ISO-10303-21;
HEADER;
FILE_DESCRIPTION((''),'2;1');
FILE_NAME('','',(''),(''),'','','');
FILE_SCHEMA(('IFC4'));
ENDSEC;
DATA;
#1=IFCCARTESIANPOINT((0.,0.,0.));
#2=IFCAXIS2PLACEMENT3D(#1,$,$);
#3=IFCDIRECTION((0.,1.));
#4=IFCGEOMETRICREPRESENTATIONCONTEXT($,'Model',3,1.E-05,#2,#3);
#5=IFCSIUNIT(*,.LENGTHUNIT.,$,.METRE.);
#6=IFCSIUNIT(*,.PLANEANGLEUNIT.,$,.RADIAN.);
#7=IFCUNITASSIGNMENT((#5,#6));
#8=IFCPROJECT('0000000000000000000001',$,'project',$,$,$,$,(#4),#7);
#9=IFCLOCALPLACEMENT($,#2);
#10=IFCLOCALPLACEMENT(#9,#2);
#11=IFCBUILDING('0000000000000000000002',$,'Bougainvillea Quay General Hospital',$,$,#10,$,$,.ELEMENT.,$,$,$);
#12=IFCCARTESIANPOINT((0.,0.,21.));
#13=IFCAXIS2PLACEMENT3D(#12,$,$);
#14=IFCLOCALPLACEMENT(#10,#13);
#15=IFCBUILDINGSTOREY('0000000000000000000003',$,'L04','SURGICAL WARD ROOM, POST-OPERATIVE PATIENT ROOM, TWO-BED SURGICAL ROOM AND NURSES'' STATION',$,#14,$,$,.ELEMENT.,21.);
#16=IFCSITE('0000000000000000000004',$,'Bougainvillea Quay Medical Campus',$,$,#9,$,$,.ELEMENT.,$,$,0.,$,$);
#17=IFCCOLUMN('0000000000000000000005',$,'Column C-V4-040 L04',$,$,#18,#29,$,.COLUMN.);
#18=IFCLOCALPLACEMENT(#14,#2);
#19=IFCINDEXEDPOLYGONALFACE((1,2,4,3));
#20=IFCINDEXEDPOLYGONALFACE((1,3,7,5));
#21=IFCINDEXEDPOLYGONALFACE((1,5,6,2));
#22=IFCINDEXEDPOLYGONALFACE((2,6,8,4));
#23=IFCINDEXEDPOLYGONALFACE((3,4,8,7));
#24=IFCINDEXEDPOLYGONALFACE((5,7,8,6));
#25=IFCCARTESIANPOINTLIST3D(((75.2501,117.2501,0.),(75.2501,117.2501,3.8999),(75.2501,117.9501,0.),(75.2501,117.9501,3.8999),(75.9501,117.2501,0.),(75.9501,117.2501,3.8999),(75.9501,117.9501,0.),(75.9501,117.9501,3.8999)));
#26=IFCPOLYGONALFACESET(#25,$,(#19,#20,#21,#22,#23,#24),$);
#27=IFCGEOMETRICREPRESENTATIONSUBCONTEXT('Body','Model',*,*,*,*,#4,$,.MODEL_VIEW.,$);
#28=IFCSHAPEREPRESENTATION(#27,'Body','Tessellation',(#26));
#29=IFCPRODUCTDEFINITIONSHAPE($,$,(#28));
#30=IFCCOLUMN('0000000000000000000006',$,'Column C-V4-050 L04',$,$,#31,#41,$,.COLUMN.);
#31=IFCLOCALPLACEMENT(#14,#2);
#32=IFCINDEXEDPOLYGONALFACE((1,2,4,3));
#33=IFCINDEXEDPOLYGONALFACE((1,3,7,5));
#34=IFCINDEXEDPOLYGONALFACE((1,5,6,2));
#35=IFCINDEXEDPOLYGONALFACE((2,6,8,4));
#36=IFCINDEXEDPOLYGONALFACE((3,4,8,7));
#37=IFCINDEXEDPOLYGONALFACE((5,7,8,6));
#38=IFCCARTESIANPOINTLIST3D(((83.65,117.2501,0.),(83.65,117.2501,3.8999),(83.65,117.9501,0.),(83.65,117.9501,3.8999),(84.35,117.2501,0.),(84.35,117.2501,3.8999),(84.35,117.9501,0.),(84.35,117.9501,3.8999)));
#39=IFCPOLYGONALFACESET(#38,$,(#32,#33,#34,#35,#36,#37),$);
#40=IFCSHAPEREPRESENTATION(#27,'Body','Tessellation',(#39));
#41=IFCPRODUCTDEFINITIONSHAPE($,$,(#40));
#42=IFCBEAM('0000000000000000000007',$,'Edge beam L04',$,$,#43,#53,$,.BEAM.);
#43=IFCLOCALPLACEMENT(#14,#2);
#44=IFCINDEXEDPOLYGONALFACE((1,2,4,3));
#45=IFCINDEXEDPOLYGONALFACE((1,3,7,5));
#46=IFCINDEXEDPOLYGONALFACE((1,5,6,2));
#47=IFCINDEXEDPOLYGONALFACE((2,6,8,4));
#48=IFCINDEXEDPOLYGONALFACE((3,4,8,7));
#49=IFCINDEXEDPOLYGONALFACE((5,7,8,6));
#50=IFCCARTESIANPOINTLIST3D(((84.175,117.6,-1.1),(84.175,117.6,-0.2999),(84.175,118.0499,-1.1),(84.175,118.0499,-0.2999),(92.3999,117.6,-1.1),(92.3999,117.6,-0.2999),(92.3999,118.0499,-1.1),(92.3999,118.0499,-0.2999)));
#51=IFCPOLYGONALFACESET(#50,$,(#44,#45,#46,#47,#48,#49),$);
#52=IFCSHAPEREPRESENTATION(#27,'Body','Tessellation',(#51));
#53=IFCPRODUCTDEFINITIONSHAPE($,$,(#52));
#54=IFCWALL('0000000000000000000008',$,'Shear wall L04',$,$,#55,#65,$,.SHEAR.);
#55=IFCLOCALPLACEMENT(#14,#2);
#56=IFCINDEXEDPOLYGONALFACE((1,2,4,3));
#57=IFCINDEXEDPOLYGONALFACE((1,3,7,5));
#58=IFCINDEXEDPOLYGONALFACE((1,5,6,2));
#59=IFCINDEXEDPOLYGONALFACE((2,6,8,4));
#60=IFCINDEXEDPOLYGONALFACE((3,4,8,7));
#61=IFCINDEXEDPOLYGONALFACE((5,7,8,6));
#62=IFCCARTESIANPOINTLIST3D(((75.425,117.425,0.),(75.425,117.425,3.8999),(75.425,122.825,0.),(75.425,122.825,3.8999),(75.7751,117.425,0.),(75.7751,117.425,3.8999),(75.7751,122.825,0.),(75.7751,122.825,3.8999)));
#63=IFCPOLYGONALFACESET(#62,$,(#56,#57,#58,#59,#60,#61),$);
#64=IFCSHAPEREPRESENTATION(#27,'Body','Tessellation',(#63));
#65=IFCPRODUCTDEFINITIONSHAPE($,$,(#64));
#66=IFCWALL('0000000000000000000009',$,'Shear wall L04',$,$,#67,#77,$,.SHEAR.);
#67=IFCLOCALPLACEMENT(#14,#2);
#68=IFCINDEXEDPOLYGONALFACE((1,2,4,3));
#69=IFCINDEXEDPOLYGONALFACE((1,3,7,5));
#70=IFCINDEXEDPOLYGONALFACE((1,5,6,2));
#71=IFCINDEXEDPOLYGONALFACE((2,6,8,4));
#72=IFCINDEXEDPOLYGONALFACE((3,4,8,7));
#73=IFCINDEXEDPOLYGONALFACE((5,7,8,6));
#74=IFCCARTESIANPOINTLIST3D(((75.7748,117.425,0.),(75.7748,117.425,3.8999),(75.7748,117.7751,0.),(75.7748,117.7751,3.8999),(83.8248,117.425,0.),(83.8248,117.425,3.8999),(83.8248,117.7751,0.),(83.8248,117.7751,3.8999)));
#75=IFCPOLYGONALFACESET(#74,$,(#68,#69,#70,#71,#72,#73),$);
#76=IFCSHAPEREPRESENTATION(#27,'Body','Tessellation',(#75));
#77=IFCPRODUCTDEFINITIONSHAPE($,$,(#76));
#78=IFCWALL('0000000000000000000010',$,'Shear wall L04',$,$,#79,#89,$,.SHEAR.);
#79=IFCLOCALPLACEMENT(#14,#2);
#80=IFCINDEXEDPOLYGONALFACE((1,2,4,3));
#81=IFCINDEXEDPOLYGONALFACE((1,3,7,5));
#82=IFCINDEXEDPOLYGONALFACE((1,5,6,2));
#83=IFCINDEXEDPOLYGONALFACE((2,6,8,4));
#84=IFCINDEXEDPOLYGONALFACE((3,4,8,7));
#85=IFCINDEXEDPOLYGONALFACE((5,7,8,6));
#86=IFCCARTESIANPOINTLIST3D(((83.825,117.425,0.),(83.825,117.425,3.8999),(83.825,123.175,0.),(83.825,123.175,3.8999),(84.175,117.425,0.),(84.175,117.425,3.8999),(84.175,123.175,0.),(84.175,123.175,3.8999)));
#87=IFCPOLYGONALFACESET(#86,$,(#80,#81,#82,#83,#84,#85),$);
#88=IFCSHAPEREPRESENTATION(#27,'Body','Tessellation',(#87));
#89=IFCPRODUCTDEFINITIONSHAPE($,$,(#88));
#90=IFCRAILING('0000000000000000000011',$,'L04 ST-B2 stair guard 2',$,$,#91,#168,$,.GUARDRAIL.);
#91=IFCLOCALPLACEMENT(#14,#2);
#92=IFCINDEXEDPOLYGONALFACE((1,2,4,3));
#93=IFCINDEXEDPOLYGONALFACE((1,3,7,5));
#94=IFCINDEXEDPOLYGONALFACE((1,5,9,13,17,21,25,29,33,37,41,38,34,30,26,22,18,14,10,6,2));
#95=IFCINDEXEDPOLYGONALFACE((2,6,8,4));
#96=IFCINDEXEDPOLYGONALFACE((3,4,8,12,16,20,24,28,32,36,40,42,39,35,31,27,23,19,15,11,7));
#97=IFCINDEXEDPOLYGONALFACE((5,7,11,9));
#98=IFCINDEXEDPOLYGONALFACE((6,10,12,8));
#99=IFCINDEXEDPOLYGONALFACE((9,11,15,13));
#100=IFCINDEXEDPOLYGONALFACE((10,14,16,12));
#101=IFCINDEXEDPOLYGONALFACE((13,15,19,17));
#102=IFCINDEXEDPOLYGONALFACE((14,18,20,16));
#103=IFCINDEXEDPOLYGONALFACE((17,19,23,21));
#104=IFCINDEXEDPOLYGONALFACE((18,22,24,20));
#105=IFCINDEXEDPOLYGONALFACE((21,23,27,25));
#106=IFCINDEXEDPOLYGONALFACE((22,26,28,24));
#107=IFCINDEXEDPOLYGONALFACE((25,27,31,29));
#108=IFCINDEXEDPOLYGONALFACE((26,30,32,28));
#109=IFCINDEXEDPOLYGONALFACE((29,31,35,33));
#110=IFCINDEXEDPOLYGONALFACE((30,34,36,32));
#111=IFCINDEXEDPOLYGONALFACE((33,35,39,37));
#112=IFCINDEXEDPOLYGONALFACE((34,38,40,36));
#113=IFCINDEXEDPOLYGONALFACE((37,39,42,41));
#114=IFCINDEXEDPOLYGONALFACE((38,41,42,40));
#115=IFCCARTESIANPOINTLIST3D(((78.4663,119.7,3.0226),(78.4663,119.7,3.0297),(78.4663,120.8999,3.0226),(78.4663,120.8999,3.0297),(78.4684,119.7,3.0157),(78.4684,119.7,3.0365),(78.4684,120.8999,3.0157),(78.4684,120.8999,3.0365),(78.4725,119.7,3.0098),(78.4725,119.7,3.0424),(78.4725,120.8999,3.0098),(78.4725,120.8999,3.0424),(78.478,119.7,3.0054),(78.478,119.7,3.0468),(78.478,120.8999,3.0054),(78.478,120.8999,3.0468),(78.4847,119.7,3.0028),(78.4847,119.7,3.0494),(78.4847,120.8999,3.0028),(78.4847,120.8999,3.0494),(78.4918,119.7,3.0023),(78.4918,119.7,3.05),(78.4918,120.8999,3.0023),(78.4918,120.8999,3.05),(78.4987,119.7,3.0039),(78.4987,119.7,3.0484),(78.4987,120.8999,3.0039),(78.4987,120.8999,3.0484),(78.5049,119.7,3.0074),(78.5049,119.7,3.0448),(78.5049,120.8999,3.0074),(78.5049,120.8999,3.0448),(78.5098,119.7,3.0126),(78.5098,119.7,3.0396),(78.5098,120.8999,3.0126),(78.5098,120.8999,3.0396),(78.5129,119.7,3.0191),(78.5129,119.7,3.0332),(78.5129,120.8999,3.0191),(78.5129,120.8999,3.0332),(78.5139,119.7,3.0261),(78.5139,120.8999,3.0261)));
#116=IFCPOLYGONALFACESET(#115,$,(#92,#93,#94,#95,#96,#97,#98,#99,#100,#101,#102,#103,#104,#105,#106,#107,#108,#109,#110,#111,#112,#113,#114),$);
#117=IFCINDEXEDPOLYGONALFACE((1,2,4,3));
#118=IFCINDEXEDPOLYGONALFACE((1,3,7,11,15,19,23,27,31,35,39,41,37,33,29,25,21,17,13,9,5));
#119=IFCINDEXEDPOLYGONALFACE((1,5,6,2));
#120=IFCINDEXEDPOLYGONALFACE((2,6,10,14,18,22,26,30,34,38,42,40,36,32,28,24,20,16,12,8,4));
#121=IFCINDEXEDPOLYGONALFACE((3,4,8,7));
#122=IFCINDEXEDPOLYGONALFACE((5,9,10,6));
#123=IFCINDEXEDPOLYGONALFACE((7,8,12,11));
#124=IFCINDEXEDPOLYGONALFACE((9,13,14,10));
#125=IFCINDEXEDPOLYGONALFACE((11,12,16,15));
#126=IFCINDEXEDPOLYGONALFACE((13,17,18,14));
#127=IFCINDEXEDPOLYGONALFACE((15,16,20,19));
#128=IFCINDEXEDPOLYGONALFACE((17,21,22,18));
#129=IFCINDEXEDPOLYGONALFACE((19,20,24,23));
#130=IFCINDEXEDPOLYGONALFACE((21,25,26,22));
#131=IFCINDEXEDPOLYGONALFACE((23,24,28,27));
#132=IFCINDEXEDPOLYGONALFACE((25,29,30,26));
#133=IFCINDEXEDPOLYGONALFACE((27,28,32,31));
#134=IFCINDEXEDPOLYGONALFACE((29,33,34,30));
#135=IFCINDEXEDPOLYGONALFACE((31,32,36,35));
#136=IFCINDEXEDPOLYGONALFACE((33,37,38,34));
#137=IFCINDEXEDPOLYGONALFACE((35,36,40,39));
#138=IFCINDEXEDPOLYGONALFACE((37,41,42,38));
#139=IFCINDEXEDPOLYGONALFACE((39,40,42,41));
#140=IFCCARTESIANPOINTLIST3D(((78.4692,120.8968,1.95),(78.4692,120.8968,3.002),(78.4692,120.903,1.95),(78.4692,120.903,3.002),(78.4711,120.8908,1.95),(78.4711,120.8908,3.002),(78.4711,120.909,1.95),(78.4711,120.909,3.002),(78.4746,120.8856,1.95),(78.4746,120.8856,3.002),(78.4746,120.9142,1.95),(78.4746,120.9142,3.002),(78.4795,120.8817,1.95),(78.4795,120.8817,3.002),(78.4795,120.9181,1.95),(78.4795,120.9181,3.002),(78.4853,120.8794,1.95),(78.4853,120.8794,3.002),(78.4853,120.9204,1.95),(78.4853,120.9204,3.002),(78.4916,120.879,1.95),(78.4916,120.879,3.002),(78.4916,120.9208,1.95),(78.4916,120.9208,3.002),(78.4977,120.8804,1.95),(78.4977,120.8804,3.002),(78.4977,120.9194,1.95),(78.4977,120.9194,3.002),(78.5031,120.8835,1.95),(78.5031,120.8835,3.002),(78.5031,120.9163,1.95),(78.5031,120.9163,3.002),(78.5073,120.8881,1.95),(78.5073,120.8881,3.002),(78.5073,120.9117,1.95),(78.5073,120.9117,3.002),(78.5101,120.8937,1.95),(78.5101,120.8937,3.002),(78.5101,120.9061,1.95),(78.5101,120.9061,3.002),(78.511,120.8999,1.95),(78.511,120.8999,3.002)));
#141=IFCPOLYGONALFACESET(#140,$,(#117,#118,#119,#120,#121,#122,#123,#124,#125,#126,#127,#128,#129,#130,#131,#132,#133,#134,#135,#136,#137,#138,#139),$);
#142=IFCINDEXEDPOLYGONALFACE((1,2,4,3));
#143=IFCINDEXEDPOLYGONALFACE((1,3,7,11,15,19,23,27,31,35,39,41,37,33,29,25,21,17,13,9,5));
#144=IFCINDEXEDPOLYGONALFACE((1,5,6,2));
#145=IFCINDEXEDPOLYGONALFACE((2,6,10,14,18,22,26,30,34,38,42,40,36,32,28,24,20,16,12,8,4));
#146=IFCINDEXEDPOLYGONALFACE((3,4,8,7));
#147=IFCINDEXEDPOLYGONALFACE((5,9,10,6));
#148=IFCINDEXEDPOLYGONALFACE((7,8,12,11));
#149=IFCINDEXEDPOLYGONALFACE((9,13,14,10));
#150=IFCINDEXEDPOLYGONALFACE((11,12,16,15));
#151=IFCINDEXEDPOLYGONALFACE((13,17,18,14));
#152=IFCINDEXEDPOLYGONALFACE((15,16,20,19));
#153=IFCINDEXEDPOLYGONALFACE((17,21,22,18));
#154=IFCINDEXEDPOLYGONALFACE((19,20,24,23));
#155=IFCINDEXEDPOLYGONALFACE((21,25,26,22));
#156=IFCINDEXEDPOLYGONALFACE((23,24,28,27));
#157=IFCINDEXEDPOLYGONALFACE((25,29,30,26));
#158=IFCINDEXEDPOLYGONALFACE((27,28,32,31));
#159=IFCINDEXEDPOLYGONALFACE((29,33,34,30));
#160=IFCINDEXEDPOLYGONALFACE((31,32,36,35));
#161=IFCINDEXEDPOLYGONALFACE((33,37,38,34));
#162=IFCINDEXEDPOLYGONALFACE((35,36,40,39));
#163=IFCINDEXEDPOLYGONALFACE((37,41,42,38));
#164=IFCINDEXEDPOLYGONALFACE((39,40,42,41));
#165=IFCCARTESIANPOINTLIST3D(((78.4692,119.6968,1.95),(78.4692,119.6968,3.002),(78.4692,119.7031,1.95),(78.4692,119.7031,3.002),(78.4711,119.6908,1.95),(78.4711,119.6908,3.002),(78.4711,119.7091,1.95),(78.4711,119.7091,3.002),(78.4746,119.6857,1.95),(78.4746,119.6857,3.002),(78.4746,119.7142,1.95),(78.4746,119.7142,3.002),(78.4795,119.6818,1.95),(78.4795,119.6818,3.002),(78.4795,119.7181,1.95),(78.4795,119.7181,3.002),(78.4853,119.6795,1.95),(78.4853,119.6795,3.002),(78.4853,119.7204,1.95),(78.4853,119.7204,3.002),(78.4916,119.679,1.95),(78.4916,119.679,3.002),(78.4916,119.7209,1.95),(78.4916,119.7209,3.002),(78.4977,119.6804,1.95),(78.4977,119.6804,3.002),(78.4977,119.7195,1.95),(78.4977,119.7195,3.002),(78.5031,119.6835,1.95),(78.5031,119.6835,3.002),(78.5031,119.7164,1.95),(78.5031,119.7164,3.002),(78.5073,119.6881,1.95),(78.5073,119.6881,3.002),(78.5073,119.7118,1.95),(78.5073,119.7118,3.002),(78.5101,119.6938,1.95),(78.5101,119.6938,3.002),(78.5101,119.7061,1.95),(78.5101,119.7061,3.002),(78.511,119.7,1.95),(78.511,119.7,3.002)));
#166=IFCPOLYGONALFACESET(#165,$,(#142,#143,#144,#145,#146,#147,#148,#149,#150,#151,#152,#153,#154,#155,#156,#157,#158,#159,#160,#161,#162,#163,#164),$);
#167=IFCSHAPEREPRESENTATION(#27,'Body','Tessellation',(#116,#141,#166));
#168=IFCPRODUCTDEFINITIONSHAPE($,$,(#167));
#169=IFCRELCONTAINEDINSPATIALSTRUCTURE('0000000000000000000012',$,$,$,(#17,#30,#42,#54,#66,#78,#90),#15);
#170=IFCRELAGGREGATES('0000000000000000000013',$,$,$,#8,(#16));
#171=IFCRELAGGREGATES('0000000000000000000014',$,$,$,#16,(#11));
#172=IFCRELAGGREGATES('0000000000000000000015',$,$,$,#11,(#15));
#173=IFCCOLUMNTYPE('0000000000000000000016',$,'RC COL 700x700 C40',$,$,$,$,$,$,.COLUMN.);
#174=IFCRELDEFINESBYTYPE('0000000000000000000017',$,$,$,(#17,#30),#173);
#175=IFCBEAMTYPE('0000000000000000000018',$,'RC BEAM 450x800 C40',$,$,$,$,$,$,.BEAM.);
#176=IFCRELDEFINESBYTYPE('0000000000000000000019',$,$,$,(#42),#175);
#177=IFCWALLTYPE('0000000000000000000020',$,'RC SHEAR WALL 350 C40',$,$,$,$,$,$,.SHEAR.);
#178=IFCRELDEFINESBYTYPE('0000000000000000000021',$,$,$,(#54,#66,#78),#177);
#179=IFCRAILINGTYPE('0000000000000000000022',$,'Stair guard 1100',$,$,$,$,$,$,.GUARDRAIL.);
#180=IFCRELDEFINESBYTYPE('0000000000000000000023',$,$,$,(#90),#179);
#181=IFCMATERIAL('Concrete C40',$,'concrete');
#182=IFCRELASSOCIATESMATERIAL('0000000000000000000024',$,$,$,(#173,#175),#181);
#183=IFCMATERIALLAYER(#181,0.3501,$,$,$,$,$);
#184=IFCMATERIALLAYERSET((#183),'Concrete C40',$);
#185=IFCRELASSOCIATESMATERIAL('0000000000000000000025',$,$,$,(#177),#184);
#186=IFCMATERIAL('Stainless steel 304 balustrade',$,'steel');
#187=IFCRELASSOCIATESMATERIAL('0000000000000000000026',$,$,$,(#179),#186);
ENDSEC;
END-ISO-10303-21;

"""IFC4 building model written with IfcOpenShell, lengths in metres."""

from ifc_helpers import new_model, si_unit, direction, frame, frame_2d, origin, origin_2d, place, context, subcontext, project, spatial, rectangle, circle, extrude, material, layer, layer_set, material_profile, profile_set, type_object, element, save


model = new_model("IFC4")

# Units and contexts
model_context = context("Model", 3, precision=1e-05, world=origin(), true_north=direction((0.0, 1.0)))
body_context = subcontext(model_context, "Body", "Model", "MODEL_VIEW")
ifc_project = project(units=[si_unit("LENGTHUNIT", "METRE"), si_unit("PLANEANGLEUNIT", "RADIAN")], contexts=[model_context])

# Site, building, storey
site_placement = place(None, origin())
site = spatial("IfcSite", under=ifc_project, at=site_placement, Name="Bougainvillea Quay Medical Campus", CompositionType="ELEMENT", RefElevation=0.0)
building_placement = place(site_placement, origin())
building = spatial("IfcBuilding", under=site, at=building_placement, Name="Bougainvillea Quay General Hospital", CompositionType="ELEMENT")
storey_placement = place(building_placement, frame((0.0, 0.0, 21.0)))
storey = spatial("IfcBuildingStorey", under=building, at=storey_placement, Name="L04", Description="SURGICAL WARD ROOM, POST-OPERATIVE PATIENT ROOM, TWO-BED SURGICAL ROOM AND NURSES' STATION", CompositionType="ELEMENT", Elevation=21.0)

# Columns
ifc_material_1 = material(Name="Concrete C40", Category="concrete")
ifc_material_profile_1 = material_profile(ifc_material_1, rectangle(XDim=0.7, YDim=0.7, at=origin_2d()))
ifc_profile_set_1 = profile_set([ifc_material_profile_1], Name="Concrete C40")
column_type = type_object("IfcColumnType", Name="RC COL 700x700 C40", PredefinedType="COLUMN", material=ifc_profile_set_1)
for number, where, z_axis, x_axis, name in (
    (1, (75.6001, 117.6001, 0.0), (0.0, 0.0, 1.0), (1.0, 0.0, 0.0), "Column C-V4-040 L04"),
    (2, (84.0, 117.6001, 0.0), (0.0, 0.0, 1.0), (1.0, 0.0, 0.0), "Column C-V4-050 L04"),
):
    element("IfcColumn", number, at=place(storey_placement, frame(where, z_axis=z_axis, x_axis=x_axis)), inside=storey, type_object=column_type, Name=name, PredefinedType="COLUMN", context=body_context, shape_type="SweptSolid", body=[
        extrude(rectangle(XDim=0.7, YDim=0.7, at=origin_2d()), origin(), (0.0, 0.0, 1.0), 3.8999),
    ])

# Beam
ifc_material_profile_2 = material_profile(ifc_material_1, rectangle(XDim=0.45, YDim=0.8, at=origin_2d()))
ifc_profile_set_2 = profile_set([ifc_material_profile_2], Name="Concrete C40")
beam_type = type_object("IfcBeamType", Name="RC BEAM 450x800 C40", PredefinedType="BEAM", material=ifc_profile_set_2)
beam_placement = place(storey_placement, frame((84.175, 117.825, -0.7), z_axis=(1.0, 0.0, 0.0), x_axis=(0.0, 1.0, 0.0)))
element("IfcBeam", 3, at=beam_placement, inside=storey, type_object=beam_type, Name="Edge beam L04", PredefinedType="BEAM", context=body_context, shape_type="SweptSolid", body=[
    extrude(rectangle(XDim=0.45, YDim=0.8, at=origin_2d()), origin(), (0.0, 0.0, 1.0), 8.2249),
])

# Walls
ifc_layer = layer(ifc_material_1, 0.3501)
ifc_layer_set = layer_set([ifc_layer], Name="Concrete C40")
wall_type = type_object("IfcWallType", Name="RC SHEAR WALL 350 C40", PredefinedType="SHEAR", material=ifc_layer_set)
wall_1_placement = place(storey_placement, frame((75.6001, 117.425, 0.0), z_axis=(0.0, 0.0, 1.0), x_axis=(0.0, 1.0, 0.0)))
element("IfcWall", 4, at=wall_1_placement, inside=storey, type_object=wall_type, Name="Shear wall L04", PredefinedType="SHEAR", context=body_context, shape_type="SweptSolid", body=[
    extrude(rectangle(XDim=5.3999, YDim=0.3501, at=frame_2d((2.7, 0.0))), origin(), (0.0, 0.0, 1.0), 3.8999),
])
wall_2_placement = place(storey_placement, frame((75.7749, 117.6001, 0.0), z_axis=(0.0, 0.0, 1.0), x_axis=(1.0, 0.0, 0.0)))
element("IfcWall", 5, at=wall_2_placement, inside=storey, type_object=wall_type, Name="Shear wall L04", PredefinedType="SHEAR", context=body_context, shape_type="SweptSolid", body=[
    extrude(rectangle(XDim=8.05, YDim=0.3501, at=frame_2d((4.0249, 0.0))), origin(), (0.0, 0.0, 1.0), 3.8999),
])
wall_3_placement = place(storey_placement, frame((84.0, 117.425, 0.0), z_axis=(0.0, 0.0, 1.0), x_axis=(0.0, 1.0, 0.0)))
element("IfcWall", 6, at=wall_3_placement, inside=storey, type_object=wall_type, Name="Shear wall L04", PredefinedType="SHEAR", context=body_context, shape_type="SweptSolid", body=[
    extrude(rectangle(XDim=5.75, YDim=0.3501, at=frame_2d((2.875, 0.0))), origin(), (0.0, 0.0, 1.0), 3.8999),
])

# Railing
ifc_material_2 = material(Name="Stainless steel 304 balustrade", Category="steel")
railing_type_1 = type_object("IfcRailingType", Name="Stair guard 1100", PredefinedType="GUARDRAIL", material=ifc_material_2)
railing_1_placement = place(storey_placement, frame((78.49, 120.8999, 1.95)))
element("IfcRailing", 7, at=railing_1_placement, inside=storey, type_object=railing_type_1, Name="L04 ST-B2 stair guard 2", PredefinedType="GUARDRAIL", context=body_context, shape_type="SweptSolid", body=[
    extrude(circle(Radius=0.0239, at=origin_2d()), frame((0.0, 0.0, 1.0762), z_axis=(0.0, -1.0, 0.0), x_axis=(1.0, 0.0, 0.0)), (0.0, 0.0, 1.0), 1.2),
    extrude(circle(Radius=0.021, at=origin_2d()), origin(), (0.0, 0.0, 1.0), 1.052),
    extrude(circle(Radius=0.021, at=origin_2d()), frame((0.0, -1.2, 0.0)), (0.0, 0.0, 1.0), 1.052),
])

save(model, "model.ifc")
